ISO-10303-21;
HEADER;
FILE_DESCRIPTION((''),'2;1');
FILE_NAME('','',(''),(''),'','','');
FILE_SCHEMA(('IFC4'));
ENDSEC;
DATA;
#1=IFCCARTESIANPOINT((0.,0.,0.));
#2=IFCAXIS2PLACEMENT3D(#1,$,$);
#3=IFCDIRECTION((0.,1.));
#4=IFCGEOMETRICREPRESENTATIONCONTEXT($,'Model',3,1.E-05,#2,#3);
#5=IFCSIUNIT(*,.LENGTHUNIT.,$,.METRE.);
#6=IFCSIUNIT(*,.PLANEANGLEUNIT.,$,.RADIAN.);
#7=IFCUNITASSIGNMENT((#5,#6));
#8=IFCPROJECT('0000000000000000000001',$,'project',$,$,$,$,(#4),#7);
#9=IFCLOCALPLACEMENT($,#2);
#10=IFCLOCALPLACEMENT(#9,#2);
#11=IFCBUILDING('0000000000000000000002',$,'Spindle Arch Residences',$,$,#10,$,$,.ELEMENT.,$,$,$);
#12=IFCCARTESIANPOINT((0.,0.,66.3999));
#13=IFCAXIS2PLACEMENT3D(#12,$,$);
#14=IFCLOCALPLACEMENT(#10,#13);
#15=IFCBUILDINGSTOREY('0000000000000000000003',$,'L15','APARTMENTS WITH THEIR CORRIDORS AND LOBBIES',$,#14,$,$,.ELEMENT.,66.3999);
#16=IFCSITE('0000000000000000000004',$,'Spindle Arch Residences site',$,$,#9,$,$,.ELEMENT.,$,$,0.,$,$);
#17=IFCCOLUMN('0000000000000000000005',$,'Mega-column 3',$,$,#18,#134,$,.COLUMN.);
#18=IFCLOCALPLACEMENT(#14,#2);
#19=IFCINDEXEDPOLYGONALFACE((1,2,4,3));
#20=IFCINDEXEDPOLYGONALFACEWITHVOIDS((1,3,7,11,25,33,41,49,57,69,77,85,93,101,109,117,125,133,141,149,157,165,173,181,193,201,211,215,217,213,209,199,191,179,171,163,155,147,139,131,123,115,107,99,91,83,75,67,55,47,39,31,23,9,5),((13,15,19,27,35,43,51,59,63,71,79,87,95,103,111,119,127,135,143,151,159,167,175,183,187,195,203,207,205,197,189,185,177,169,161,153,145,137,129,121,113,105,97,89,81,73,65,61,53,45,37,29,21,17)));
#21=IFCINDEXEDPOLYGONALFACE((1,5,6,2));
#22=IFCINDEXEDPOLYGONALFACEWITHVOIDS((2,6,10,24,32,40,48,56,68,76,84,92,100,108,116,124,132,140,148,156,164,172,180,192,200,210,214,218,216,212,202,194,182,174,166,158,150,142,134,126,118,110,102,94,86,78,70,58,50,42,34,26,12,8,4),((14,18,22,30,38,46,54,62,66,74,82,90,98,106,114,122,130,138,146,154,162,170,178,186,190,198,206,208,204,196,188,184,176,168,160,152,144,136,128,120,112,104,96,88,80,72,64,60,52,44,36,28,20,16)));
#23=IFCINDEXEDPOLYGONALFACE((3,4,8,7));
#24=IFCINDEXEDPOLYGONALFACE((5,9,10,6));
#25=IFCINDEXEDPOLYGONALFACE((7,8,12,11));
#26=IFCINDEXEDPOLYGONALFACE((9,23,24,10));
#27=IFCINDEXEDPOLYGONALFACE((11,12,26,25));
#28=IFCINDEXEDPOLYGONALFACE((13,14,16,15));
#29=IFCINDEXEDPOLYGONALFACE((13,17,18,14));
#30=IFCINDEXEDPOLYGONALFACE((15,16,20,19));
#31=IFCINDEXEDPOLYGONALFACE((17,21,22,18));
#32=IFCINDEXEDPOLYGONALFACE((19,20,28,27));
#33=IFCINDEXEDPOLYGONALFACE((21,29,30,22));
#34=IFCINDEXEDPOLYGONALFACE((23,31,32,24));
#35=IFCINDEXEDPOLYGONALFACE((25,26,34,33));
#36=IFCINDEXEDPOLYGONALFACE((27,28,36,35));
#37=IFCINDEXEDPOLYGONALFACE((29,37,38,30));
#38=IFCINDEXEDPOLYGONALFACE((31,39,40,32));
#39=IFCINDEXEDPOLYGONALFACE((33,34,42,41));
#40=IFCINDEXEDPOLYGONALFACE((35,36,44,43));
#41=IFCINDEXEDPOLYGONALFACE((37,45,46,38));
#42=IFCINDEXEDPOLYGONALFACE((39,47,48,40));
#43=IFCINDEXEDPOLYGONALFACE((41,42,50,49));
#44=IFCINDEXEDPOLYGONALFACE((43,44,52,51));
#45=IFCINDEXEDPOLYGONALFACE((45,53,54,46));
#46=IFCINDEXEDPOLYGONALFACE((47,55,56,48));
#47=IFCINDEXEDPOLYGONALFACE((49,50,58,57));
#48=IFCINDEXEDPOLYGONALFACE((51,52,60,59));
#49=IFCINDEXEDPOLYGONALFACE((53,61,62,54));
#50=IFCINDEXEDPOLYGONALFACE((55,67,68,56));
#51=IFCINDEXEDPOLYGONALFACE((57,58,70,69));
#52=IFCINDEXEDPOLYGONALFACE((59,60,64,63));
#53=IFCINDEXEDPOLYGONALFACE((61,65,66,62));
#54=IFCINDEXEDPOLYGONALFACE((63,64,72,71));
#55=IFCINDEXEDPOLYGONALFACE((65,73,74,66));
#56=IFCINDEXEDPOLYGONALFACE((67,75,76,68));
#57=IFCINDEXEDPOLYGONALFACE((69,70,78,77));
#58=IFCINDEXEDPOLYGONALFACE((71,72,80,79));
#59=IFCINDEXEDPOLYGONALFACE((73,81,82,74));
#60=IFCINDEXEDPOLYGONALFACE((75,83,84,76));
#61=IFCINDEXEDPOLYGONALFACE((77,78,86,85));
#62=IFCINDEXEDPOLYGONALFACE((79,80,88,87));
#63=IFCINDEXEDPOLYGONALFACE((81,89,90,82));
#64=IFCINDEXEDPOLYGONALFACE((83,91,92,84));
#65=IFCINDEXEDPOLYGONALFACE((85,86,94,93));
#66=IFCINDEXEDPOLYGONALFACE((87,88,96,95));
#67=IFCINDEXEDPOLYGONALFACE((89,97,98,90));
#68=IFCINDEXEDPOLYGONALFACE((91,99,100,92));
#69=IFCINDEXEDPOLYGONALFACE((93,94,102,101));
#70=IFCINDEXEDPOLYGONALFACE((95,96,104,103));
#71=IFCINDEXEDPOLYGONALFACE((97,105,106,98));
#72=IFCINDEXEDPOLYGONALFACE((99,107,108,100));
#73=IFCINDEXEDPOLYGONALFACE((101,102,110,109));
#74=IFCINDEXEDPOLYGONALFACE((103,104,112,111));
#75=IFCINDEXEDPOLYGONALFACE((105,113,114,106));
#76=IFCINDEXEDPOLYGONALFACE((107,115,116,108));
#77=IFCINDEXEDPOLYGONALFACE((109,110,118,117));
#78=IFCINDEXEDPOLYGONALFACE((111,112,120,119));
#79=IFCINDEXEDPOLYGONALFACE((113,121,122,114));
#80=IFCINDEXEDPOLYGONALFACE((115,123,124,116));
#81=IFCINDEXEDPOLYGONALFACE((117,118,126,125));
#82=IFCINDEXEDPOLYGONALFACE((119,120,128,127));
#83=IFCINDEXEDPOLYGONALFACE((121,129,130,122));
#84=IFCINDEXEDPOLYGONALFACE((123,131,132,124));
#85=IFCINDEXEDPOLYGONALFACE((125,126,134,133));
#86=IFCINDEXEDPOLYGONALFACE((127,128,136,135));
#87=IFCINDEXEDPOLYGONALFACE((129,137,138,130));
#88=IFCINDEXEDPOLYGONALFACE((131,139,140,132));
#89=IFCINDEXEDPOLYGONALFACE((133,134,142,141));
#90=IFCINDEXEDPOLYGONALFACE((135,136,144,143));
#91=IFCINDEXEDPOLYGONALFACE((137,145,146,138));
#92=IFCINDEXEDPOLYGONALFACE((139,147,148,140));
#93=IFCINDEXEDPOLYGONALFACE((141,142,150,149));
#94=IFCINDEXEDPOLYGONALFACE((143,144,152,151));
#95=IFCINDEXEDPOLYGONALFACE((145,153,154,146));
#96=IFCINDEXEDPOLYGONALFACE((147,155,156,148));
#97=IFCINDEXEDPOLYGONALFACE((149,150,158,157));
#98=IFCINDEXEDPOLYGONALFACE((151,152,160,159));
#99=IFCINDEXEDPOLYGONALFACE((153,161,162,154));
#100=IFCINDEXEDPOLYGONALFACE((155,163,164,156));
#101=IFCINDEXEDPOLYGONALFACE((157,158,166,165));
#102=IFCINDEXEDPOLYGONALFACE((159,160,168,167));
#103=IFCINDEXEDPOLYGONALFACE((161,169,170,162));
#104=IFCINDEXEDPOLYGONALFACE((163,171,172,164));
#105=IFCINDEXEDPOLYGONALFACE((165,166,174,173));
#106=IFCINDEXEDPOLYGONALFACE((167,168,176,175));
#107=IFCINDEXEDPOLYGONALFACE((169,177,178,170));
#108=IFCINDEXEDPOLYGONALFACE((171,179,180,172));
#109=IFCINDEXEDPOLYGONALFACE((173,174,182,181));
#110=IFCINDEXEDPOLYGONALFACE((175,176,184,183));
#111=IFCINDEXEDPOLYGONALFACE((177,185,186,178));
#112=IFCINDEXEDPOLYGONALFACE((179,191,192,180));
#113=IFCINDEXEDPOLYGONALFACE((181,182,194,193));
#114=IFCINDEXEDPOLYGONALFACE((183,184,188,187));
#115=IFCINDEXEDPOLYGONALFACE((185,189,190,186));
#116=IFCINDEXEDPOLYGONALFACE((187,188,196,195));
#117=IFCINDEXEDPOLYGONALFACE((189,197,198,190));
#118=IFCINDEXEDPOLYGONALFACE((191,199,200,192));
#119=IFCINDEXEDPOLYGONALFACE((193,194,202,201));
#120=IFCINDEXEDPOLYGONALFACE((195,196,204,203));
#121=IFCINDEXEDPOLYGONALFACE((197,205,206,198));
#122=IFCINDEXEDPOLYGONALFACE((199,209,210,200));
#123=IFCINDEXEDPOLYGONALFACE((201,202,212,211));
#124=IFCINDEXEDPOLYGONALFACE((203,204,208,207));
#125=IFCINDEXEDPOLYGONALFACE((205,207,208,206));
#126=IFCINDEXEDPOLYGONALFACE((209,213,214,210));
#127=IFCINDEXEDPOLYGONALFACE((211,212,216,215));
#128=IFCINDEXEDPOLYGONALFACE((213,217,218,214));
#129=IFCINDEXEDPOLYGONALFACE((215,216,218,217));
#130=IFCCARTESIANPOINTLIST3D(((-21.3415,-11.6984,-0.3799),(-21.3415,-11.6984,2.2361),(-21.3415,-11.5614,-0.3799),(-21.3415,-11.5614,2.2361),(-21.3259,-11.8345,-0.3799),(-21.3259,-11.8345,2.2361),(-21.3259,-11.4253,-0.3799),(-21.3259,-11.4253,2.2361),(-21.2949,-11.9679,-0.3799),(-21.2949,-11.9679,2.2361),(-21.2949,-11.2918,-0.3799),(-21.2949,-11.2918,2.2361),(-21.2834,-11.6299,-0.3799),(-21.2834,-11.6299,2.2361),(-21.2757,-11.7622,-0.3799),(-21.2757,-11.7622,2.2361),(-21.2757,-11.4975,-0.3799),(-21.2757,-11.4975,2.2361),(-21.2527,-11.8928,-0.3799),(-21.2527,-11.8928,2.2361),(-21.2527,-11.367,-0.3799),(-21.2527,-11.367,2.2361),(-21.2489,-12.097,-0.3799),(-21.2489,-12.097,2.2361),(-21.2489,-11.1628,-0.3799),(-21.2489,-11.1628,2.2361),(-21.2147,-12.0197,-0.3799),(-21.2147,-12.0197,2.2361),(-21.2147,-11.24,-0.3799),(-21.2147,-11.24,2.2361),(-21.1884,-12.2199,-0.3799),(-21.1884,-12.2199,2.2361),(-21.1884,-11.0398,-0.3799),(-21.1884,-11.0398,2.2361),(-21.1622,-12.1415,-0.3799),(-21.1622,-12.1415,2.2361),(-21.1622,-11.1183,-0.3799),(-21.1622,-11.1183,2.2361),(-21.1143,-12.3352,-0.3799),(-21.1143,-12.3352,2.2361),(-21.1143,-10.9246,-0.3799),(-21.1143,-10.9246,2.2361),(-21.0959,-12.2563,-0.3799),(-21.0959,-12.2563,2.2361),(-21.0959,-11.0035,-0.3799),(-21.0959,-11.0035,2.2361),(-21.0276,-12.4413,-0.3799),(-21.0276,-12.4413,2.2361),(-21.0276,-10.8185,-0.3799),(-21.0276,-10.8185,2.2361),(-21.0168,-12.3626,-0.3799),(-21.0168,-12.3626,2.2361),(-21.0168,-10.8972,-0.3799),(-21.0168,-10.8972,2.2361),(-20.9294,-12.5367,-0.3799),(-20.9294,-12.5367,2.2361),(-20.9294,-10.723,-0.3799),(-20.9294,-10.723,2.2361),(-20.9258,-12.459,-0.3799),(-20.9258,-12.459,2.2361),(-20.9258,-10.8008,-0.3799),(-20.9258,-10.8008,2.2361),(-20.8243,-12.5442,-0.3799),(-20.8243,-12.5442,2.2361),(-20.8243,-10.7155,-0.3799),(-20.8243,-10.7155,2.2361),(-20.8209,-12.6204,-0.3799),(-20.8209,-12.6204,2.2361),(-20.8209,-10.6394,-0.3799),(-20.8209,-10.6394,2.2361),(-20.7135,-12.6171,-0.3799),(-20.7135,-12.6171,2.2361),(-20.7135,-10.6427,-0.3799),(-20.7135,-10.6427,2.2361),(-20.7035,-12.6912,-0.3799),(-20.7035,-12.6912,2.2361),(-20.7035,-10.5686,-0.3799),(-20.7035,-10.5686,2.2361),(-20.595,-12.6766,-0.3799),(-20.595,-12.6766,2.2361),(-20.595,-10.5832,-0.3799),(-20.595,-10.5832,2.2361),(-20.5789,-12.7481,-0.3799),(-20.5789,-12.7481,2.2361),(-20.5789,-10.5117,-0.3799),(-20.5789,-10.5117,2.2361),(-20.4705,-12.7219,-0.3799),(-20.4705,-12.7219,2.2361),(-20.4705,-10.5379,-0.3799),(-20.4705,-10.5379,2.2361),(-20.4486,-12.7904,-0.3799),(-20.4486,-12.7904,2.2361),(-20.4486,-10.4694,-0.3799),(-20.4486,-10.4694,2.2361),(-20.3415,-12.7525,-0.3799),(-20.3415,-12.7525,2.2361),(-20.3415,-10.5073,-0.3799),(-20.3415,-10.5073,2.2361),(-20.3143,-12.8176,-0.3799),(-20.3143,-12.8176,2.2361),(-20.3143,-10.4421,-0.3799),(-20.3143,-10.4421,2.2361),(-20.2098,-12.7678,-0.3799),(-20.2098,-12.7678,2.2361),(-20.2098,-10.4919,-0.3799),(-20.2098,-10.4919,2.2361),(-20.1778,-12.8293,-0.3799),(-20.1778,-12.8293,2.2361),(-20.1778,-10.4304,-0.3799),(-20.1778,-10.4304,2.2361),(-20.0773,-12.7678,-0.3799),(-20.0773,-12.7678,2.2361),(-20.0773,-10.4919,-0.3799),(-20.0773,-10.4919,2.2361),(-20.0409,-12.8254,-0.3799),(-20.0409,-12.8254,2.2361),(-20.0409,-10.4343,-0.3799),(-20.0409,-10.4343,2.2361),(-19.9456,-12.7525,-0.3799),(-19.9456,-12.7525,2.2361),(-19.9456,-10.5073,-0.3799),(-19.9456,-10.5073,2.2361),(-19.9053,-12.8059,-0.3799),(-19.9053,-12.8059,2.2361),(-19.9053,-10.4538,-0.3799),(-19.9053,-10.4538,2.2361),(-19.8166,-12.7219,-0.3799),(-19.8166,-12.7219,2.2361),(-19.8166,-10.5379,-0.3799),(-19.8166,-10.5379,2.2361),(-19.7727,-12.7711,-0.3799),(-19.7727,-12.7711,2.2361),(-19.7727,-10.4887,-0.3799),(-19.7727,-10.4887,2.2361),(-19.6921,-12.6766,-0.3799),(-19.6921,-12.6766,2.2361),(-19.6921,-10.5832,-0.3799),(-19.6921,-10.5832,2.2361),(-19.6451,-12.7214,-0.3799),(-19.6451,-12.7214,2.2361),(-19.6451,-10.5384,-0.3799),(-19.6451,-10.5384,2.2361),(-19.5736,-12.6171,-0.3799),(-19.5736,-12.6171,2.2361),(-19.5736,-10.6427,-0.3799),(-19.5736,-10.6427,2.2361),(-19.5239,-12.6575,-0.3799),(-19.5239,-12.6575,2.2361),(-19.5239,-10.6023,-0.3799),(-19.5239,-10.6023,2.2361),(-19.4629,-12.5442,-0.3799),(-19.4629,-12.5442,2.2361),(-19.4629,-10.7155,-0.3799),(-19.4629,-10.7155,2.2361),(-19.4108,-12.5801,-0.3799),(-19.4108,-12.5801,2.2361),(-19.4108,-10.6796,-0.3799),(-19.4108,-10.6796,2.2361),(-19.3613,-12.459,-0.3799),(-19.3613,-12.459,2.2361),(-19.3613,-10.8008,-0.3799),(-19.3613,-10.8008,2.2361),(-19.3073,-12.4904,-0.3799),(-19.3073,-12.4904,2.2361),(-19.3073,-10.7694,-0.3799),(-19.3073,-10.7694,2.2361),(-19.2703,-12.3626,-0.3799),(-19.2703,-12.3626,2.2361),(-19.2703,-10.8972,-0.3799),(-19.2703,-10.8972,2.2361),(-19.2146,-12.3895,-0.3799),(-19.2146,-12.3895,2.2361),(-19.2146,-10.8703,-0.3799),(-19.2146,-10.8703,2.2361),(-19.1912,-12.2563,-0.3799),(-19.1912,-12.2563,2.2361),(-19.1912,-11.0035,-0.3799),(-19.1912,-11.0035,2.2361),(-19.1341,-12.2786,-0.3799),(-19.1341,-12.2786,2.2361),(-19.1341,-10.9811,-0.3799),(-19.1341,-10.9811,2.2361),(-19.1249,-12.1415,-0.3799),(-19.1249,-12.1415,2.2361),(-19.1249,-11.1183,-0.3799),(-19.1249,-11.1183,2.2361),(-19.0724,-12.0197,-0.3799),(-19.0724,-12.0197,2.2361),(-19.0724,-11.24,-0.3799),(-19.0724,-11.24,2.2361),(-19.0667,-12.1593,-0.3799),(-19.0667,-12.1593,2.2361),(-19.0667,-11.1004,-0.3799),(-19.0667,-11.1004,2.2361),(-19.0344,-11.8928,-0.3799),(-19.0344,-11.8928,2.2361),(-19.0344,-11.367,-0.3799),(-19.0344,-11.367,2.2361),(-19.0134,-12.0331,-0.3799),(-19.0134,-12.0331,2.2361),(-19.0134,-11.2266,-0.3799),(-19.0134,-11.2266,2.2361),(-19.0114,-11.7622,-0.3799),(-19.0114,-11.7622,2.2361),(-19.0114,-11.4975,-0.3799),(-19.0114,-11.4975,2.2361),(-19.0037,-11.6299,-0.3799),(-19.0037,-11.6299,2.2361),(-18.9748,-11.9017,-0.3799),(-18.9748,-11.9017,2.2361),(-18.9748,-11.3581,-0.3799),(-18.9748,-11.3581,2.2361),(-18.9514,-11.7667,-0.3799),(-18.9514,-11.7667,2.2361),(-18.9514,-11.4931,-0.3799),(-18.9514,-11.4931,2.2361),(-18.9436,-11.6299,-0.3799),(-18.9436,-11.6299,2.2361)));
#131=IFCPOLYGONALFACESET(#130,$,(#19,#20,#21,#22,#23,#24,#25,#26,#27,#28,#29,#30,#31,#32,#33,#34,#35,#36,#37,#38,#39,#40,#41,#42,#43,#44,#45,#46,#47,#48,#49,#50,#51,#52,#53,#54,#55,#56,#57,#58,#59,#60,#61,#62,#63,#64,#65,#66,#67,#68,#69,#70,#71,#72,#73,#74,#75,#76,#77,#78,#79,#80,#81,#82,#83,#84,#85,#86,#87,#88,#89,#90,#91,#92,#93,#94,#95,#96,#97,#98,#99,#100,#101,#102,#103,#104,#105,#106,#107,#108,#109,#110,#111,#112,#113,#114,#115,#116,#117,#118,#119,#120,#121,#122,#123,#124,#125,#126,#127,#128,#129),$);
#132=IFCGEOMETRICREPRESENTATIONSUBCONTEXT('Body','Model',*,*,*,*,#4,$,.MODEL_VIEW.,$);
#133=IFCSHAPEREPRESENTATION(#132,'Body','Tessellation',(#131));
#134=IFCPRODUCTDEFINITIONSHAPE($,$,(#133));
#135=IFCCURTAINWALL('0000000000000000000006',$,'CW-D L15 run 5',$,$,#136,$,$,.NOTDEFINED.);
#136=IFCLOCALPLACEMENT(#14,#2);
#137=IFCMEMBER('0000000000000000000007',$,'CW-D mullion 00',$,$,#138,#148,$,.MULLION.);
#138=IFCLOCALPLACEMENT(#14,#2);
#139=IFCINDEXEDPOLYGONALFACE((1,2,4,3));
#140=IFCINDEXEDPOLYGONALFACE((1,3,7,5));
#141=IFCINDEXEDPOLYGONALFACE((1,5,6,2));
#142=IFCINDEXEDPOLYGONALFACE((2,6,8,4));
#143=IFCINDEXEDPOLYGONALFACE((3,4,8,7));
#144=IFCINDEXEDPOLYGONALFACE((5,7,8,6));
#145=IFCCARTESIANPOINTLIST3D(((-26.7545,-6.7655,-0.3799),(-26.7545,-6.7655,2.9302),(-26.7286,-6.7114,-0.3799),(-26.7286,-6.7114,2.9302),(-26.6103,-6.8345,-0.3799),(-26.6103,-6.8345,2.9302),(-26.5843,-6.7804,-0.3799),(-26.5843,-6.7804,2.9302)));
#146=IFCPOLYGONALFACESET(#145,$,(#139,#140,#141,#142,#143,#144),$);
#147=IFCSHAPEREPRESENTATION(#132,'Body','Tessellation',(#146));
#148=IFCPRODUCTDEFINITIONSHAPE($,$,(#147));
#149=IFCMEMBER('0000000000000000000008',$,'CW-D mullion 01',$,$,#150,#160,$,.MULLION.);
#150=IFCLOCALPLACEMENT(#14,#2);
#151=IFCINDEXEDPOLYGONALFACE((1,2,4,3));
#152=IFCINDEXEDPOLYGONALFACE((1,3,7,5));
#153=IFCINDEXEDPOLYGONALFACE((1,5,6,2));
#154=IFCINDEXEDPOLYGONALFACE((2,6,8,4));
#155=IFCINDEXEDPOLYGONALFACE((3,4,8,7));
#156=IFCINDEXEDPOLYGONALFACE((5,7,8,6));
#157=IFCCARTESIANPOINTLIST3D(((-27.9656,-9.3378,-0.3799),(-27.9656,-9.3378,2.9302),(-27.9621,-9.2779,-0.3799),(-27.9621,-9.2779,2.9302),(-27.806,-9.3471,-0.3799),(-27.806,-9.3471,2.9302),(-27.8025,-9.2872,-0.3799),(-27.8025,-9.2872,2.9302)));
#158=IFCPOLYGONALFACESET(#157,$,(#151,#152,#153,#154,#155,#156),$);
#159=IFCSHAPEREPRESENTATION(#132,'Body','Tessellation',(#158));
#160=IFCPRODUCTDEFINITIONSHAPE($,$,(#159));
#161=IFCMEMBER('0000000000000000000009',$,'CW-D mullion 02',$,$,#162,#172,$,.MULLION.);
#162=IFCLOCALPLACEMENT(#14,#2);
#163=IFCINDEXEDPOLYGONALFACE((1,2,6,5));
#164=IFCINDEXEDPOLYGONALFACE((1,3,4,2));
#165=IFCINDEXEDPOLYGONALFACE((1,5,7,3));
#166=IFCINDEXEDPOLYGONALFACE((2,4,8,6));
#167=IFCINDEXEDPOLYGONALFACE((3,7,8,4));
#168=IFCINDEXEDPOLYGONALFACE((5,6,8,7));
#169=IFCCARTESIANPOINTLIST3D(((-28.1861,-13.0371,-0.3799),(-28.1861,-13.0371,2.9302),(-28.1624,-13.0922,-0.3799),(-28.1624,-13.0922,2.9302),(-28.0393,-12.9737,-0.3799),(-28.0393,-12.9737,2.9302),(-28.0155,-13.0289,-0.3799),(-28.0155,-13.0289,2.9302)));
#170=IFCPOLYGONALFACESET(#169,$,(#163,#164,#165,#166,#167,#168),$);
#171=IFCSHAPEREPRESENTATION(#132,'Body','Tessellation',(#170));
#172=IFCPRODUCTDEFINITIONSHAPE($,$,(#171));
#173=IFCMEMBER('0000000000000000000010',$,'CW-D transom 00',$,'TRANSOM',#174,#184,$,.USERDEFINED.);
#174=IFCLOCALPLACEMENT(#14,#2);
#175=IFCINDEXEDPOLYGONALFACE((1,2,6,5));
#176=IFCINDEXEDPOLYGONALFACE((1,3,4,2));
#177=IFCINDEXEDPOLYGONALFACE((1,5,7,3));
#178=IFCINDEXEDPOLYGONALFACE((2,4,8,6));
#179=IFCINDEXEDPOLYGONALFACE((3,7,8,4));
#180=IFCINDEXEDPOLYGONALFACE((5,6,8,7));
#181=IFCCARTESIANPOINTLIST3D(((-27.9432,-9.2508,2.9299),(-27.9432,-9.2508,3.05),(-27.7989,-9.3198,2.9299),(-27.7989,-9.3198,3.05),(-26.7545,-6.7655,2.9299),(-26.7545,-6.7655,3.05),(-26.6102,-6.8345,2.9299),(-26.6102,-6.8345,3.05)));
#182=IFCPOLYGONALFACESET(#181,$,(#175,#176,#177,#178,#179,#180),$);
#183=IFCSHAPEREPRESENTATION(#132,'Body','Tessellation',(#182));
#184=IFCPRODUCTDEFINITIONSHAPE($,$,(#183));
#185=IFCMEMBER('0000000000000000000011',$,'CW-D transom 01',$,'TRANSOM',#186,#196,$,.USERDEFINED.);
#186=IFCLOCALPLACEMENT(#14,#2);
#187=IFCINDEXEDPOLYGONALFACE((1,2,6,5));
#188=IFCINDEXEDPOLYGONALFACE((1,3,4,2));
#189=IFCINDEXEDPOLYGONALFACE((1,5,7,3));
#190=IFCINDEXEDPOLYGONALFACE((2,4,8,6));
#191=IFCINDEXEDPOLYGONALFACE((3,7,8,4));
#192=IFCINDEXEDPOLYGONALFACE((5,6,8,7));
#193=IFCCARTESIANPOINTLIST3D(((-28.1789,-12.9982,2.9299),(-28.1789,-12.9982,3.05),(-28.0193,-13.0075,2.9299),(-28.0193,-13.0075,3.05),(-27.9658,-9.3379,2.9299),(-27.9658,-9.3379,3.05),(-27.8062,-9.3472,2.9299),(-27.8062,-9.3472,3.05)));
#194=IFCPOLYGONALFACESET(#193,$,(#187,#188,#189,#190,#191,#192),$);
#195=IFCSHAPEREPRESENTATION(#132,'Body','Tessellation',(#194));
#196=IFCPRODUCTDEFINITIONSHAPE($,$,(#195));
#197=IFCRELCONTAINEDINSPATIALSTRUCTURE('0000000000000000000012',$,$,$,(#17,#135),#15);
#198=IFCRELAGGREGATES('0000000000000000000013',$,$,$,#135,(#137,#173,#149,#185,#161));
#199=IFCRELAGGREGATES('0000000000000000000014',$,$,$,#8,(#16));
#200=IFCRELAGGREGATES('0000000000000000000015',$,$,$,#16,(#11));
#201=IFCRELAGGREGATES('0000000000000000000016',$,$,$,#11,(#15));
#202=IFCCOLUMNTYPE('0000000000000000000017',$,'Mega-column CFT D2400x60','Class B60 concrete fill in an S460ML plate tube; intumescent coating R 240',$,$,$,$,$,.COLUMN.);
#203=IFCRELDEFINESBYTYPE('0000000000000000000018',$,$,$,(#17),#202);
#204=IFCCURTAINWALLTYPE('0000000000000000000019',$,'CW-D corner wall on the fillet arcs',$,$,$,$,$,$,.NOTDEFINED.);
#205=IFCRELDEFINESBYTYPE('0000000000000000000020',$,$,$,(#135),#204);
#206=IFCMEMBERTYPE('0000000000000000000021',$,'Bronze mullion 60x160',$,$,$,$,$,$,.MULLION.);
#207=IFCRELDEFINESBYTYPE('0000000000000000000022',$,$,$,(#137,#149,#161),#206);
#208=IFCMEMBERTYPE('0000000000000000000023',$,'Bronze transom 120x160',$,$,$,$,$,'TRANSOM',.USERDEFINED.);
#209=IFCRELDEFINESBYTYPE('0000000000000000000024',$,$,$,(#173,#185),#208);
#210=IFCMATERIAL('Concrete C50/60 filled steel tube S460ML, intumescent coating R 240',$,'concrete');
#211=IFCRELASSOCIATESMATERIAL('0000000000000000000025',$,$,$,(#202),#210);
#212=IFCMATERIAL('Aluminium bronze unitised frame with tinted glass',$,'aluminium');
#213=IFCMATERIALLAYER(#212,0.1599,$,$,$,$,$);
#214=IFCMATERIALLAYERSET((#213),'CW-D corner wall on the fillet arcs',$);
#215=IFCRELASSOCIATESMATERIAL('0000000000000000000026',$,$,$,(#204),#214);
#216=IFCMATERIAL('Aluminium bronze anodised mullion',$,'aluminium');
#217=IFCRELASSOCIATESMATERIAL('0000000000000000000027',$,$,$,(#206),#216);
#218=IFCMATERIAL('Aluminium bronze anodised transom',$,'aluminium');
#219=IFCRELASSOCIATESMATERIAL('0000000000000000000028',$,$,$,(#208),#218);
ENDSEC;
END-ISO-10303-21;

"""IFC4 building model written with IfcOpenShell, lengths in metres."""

from ifc_helpers import new_model, si_unit, direction, frame, origin, origin_2d, place, context, subcontext, project, spatial, rectangle, hollow_circle, extrude, material, layer, layer_set, material_profile, profile_set, type_object, element, aggregate, save


model = new_model("IFC4")

# Units and contexts
model_context = context("Model", 3, precision=1e-05, world=origin(), true_north=direction((0.0, 1.0)))
body_context = subcontext(model_context, "Body", "Model", "MODEL_VIEW")
ifc_project = project(units=[si_unit("LENGTHUNIT", "METRE"), si_unit("PLANEANGLEUNIT", "RADIAN")], contexts=[model_context])

# Site, building, storey
site_placement = place(None, origin())
site = spatial("IfcSite", under=ifc_project, at=site_placement, Name="Spindle Arch Residences site", CompositionType="ELEMENT", RefElevation=0.0)
building_placement = place(site_placement, origin())
building = spatial("IfcBuilding", under=site, at=building_placement, Name="Spindle Arch Residences", CompositionType="ELEMENT")
storey_placement = place(building_placement, frame((0.0, 0.0, 66.3999)))
storey = spatial("IfcBuildingStorey", under=building, at=storey_placement, Name="L15", Description="APARTMENTS WITH THEIR CORRIDORS AND LOBBIES", CompositionType="ELEMENT", Elevation=66.3999)

# Column
ifc_material_1 = material(Name="Concrete C50/60 filled steel tube S460ML, intumescent coating R 240", Category="concrete")
ifc_material_profile_1 = material_profile(ifc_material_1, hollow_circle(Radius=1.2, WallThickness=0.0601, at=origin_2d()), Name="CFT D2400x60")
ifc_profile_set_1 = profile_set([ifc_material_profile_1], Name="Concrete C50/60 filled steel tube S460ML, intumescent coating R 240")
column_type_1 = type_object("IfcColumnType", Name="Mega-column CFT D2400x60", Description="Class B60 concrete fill in an S460ML plate tube; intumescent coating R 240", PredefinedType="COLUMN", material=ifc_profile_set_1)
column_placement = place(storey_placement, frame((-20.1436, -11.6299, -0.3799), z_axis=(0.0, 0.0, 1.0), x_axis=(1.0, 0.0, 0.0)))
element("IfcColumn", 1, at=column_placement, inside=storey, type_object=column_type_1, Name="Mega-column 3", PredefinedType="COLUMN", context=body_context, shape_type="SweptSolid", body=[
    extrude(hollow_circle(Radius=1.2, WallThickness=0.0601, at=origin_2d()), origin(), (0.0, 0.0, 1.0), 2.616),
])

# Curtain wall, members
ifc_material_2 = material(Name="Aluminium bronze unitised frame with tinted glass", Category="aluminium")
ifc_layer_1 = layer(ifc_material_2, 0.1599)
ifc_layer_set_1 = layer_set([ifc_layer_1], Name="CW-D corner wall on the fillet arcs")
curtain_wall_type_1 = type_object("IfcCurtainWallType", Name="CW-D corner wall on the fillet arcs", PredefinedType="NOTDEFINED", material=ifc_layer_set_1)
curtain_wall_1_placement = place(storey_placement, origin())
curtain_wall_1 = element("IfcCurtainWall", 2, at=curtain_wall_1_placement, inside=storey, type_object=curtain_wall_type_1, Name="CW-D L15 run 5", PredefinedType="NOTDEFINED")
ifc_material_3 = material(Name="Aluminium bronze anodised mullion", Category="aluminium")
ifc_material_profile_2 = material_profile(ifc_material_3, rectangle(XDim=0.1599, YDim=0.0601, at=origin_2d()), Name="MU 60x160")
ifc_profile_set_2 = profile_set([ifc_material_profile_2], Name="Aluminium bronze anodised mullion")
member_type_1 = type_object("IfcMemberType", Name="Bronze mullion 60x160", PredefinedType="MULLION", material=ifc_profile_set_2)
member_1_placement = place(storey_placement, frame((-26.6694, -6.7729, -0.3799), z_axis=(0.0, 0.0, 1.0), x_axis=(0.902112, -0.431502, 0.0)))
member_1 = element("IfcMember", 3, at=member_1_placement, type_object=member_type_1, Name="CW-D mullion 00", PredefinedType="MULLION", context=body_context, shape_type="SweptSolid", body=[
    extrude(rectangle(XDim=0.1599, YDim=0.0601, at=origin_2d()), origin(), (0.0, 0.0, 1.0), 3.3101),
])
member_2_placement = place(storey_placement, frame((-27.884, -9.3125, -0.3799), z_axis=(0.0, 0.0, 1.0), x_axis=(0.998308, -0.058145, 0.0)))
member_2 = element("IfcMember", 4, at=member_2_placement, type_object=member_type_1, Name="CW-D mullion 01", PredefinedType="MULLION", context=body_context, shape_type="SweptSolid", body=[
    extrude(rectangle(XDim=0.1599, YDim=0.0601, at=origin_2d()), origin(), (0.0, 0.0, 1.0), 3.3101),
])
member_3_placement = place(storey_placement, frame((-28.1008, -13.033, -0.3799), z_axis=(0.0, 0.0, 1.0), x_axis=(0.918216, 0.39608, 0.0)))
member_3 = element("IfcMember", 5, at=member_3_placement, type_object=member_type_1, Name="CW-D mullion 02", PredefinedType="MULLION", context=body_context, shape_type="SweptSolid", body=[
    extrude(rectangle(XDim=0.1599, YDim=0.0601, at=origin_2d()), origin(), (0.0, 0.0, 1.0), 3.3101),
])
ifc_material_4 = material(Name="Aluminium bronze anodised transom", Category="aluminium")
ifc_material_profile_3 = material_profile(ifc_material_4, rectangle(XDim=0.1599, YDim=0.1201, at=origin_2d()), Name="TR 120x160")
ifc_profile_set_3 = profile_set([ifc_material_profile_3], Name="Aluminium bronze anodised transom")
member_type_2 = type_object("IfcMemberType", Name="Bronze transom 120x160", ElementType="TRANSOM", PredefinedType="USERDEFINED", material=ifc_profile_set_3)
member_4_placement = place(storey_placement, frame((-26.6824, -6.8, 2.99), z_axis=(-0.431477, -0.902124, 0.0), x_axis=(0.902124, -0.431477, 0.0)))
member_4 = element("IfcMember", 6, at=member_4_placement, type_object=member_type_2, Name="CW-D transom 00", ObjectType="TRANSOM", PredefinedType="USERDEFINED", context=body_context, shape_type="SweptSolid", body=[
    extrude(rectangle(XDim=0.1599, YDim=0.1201, at=origin_2d()), origin(), (0.0, 0.0, 1.0), 2.7549),
])
member_5_placement = place(storey_placement, frame((-27.886, -9.3425, 2.99), z_axis=(-0.058129, -0.998309, 0.0), x_axis=(0.998309, -0.058129, 0.0)))
member_5 = element("IfcMember", 7, at=member_5_placement, type_object=member_type_2, Name="CW-D transom 01", ObjectType="TRANSOM", PredefinedType="USERDEFINED", context=body_context, shape_type="SweptSolid", body=[
    extrude(rectangle(XDim=0.1599, YDim=0.1201, at=origin_2d()), origin(), (0.0, 0.0, 1.0), 3.6665),
])

aggregate(curtain_wall_1, [member_1, member_4, member_2, member_5, member_3])

save(model, "model.ifc")
